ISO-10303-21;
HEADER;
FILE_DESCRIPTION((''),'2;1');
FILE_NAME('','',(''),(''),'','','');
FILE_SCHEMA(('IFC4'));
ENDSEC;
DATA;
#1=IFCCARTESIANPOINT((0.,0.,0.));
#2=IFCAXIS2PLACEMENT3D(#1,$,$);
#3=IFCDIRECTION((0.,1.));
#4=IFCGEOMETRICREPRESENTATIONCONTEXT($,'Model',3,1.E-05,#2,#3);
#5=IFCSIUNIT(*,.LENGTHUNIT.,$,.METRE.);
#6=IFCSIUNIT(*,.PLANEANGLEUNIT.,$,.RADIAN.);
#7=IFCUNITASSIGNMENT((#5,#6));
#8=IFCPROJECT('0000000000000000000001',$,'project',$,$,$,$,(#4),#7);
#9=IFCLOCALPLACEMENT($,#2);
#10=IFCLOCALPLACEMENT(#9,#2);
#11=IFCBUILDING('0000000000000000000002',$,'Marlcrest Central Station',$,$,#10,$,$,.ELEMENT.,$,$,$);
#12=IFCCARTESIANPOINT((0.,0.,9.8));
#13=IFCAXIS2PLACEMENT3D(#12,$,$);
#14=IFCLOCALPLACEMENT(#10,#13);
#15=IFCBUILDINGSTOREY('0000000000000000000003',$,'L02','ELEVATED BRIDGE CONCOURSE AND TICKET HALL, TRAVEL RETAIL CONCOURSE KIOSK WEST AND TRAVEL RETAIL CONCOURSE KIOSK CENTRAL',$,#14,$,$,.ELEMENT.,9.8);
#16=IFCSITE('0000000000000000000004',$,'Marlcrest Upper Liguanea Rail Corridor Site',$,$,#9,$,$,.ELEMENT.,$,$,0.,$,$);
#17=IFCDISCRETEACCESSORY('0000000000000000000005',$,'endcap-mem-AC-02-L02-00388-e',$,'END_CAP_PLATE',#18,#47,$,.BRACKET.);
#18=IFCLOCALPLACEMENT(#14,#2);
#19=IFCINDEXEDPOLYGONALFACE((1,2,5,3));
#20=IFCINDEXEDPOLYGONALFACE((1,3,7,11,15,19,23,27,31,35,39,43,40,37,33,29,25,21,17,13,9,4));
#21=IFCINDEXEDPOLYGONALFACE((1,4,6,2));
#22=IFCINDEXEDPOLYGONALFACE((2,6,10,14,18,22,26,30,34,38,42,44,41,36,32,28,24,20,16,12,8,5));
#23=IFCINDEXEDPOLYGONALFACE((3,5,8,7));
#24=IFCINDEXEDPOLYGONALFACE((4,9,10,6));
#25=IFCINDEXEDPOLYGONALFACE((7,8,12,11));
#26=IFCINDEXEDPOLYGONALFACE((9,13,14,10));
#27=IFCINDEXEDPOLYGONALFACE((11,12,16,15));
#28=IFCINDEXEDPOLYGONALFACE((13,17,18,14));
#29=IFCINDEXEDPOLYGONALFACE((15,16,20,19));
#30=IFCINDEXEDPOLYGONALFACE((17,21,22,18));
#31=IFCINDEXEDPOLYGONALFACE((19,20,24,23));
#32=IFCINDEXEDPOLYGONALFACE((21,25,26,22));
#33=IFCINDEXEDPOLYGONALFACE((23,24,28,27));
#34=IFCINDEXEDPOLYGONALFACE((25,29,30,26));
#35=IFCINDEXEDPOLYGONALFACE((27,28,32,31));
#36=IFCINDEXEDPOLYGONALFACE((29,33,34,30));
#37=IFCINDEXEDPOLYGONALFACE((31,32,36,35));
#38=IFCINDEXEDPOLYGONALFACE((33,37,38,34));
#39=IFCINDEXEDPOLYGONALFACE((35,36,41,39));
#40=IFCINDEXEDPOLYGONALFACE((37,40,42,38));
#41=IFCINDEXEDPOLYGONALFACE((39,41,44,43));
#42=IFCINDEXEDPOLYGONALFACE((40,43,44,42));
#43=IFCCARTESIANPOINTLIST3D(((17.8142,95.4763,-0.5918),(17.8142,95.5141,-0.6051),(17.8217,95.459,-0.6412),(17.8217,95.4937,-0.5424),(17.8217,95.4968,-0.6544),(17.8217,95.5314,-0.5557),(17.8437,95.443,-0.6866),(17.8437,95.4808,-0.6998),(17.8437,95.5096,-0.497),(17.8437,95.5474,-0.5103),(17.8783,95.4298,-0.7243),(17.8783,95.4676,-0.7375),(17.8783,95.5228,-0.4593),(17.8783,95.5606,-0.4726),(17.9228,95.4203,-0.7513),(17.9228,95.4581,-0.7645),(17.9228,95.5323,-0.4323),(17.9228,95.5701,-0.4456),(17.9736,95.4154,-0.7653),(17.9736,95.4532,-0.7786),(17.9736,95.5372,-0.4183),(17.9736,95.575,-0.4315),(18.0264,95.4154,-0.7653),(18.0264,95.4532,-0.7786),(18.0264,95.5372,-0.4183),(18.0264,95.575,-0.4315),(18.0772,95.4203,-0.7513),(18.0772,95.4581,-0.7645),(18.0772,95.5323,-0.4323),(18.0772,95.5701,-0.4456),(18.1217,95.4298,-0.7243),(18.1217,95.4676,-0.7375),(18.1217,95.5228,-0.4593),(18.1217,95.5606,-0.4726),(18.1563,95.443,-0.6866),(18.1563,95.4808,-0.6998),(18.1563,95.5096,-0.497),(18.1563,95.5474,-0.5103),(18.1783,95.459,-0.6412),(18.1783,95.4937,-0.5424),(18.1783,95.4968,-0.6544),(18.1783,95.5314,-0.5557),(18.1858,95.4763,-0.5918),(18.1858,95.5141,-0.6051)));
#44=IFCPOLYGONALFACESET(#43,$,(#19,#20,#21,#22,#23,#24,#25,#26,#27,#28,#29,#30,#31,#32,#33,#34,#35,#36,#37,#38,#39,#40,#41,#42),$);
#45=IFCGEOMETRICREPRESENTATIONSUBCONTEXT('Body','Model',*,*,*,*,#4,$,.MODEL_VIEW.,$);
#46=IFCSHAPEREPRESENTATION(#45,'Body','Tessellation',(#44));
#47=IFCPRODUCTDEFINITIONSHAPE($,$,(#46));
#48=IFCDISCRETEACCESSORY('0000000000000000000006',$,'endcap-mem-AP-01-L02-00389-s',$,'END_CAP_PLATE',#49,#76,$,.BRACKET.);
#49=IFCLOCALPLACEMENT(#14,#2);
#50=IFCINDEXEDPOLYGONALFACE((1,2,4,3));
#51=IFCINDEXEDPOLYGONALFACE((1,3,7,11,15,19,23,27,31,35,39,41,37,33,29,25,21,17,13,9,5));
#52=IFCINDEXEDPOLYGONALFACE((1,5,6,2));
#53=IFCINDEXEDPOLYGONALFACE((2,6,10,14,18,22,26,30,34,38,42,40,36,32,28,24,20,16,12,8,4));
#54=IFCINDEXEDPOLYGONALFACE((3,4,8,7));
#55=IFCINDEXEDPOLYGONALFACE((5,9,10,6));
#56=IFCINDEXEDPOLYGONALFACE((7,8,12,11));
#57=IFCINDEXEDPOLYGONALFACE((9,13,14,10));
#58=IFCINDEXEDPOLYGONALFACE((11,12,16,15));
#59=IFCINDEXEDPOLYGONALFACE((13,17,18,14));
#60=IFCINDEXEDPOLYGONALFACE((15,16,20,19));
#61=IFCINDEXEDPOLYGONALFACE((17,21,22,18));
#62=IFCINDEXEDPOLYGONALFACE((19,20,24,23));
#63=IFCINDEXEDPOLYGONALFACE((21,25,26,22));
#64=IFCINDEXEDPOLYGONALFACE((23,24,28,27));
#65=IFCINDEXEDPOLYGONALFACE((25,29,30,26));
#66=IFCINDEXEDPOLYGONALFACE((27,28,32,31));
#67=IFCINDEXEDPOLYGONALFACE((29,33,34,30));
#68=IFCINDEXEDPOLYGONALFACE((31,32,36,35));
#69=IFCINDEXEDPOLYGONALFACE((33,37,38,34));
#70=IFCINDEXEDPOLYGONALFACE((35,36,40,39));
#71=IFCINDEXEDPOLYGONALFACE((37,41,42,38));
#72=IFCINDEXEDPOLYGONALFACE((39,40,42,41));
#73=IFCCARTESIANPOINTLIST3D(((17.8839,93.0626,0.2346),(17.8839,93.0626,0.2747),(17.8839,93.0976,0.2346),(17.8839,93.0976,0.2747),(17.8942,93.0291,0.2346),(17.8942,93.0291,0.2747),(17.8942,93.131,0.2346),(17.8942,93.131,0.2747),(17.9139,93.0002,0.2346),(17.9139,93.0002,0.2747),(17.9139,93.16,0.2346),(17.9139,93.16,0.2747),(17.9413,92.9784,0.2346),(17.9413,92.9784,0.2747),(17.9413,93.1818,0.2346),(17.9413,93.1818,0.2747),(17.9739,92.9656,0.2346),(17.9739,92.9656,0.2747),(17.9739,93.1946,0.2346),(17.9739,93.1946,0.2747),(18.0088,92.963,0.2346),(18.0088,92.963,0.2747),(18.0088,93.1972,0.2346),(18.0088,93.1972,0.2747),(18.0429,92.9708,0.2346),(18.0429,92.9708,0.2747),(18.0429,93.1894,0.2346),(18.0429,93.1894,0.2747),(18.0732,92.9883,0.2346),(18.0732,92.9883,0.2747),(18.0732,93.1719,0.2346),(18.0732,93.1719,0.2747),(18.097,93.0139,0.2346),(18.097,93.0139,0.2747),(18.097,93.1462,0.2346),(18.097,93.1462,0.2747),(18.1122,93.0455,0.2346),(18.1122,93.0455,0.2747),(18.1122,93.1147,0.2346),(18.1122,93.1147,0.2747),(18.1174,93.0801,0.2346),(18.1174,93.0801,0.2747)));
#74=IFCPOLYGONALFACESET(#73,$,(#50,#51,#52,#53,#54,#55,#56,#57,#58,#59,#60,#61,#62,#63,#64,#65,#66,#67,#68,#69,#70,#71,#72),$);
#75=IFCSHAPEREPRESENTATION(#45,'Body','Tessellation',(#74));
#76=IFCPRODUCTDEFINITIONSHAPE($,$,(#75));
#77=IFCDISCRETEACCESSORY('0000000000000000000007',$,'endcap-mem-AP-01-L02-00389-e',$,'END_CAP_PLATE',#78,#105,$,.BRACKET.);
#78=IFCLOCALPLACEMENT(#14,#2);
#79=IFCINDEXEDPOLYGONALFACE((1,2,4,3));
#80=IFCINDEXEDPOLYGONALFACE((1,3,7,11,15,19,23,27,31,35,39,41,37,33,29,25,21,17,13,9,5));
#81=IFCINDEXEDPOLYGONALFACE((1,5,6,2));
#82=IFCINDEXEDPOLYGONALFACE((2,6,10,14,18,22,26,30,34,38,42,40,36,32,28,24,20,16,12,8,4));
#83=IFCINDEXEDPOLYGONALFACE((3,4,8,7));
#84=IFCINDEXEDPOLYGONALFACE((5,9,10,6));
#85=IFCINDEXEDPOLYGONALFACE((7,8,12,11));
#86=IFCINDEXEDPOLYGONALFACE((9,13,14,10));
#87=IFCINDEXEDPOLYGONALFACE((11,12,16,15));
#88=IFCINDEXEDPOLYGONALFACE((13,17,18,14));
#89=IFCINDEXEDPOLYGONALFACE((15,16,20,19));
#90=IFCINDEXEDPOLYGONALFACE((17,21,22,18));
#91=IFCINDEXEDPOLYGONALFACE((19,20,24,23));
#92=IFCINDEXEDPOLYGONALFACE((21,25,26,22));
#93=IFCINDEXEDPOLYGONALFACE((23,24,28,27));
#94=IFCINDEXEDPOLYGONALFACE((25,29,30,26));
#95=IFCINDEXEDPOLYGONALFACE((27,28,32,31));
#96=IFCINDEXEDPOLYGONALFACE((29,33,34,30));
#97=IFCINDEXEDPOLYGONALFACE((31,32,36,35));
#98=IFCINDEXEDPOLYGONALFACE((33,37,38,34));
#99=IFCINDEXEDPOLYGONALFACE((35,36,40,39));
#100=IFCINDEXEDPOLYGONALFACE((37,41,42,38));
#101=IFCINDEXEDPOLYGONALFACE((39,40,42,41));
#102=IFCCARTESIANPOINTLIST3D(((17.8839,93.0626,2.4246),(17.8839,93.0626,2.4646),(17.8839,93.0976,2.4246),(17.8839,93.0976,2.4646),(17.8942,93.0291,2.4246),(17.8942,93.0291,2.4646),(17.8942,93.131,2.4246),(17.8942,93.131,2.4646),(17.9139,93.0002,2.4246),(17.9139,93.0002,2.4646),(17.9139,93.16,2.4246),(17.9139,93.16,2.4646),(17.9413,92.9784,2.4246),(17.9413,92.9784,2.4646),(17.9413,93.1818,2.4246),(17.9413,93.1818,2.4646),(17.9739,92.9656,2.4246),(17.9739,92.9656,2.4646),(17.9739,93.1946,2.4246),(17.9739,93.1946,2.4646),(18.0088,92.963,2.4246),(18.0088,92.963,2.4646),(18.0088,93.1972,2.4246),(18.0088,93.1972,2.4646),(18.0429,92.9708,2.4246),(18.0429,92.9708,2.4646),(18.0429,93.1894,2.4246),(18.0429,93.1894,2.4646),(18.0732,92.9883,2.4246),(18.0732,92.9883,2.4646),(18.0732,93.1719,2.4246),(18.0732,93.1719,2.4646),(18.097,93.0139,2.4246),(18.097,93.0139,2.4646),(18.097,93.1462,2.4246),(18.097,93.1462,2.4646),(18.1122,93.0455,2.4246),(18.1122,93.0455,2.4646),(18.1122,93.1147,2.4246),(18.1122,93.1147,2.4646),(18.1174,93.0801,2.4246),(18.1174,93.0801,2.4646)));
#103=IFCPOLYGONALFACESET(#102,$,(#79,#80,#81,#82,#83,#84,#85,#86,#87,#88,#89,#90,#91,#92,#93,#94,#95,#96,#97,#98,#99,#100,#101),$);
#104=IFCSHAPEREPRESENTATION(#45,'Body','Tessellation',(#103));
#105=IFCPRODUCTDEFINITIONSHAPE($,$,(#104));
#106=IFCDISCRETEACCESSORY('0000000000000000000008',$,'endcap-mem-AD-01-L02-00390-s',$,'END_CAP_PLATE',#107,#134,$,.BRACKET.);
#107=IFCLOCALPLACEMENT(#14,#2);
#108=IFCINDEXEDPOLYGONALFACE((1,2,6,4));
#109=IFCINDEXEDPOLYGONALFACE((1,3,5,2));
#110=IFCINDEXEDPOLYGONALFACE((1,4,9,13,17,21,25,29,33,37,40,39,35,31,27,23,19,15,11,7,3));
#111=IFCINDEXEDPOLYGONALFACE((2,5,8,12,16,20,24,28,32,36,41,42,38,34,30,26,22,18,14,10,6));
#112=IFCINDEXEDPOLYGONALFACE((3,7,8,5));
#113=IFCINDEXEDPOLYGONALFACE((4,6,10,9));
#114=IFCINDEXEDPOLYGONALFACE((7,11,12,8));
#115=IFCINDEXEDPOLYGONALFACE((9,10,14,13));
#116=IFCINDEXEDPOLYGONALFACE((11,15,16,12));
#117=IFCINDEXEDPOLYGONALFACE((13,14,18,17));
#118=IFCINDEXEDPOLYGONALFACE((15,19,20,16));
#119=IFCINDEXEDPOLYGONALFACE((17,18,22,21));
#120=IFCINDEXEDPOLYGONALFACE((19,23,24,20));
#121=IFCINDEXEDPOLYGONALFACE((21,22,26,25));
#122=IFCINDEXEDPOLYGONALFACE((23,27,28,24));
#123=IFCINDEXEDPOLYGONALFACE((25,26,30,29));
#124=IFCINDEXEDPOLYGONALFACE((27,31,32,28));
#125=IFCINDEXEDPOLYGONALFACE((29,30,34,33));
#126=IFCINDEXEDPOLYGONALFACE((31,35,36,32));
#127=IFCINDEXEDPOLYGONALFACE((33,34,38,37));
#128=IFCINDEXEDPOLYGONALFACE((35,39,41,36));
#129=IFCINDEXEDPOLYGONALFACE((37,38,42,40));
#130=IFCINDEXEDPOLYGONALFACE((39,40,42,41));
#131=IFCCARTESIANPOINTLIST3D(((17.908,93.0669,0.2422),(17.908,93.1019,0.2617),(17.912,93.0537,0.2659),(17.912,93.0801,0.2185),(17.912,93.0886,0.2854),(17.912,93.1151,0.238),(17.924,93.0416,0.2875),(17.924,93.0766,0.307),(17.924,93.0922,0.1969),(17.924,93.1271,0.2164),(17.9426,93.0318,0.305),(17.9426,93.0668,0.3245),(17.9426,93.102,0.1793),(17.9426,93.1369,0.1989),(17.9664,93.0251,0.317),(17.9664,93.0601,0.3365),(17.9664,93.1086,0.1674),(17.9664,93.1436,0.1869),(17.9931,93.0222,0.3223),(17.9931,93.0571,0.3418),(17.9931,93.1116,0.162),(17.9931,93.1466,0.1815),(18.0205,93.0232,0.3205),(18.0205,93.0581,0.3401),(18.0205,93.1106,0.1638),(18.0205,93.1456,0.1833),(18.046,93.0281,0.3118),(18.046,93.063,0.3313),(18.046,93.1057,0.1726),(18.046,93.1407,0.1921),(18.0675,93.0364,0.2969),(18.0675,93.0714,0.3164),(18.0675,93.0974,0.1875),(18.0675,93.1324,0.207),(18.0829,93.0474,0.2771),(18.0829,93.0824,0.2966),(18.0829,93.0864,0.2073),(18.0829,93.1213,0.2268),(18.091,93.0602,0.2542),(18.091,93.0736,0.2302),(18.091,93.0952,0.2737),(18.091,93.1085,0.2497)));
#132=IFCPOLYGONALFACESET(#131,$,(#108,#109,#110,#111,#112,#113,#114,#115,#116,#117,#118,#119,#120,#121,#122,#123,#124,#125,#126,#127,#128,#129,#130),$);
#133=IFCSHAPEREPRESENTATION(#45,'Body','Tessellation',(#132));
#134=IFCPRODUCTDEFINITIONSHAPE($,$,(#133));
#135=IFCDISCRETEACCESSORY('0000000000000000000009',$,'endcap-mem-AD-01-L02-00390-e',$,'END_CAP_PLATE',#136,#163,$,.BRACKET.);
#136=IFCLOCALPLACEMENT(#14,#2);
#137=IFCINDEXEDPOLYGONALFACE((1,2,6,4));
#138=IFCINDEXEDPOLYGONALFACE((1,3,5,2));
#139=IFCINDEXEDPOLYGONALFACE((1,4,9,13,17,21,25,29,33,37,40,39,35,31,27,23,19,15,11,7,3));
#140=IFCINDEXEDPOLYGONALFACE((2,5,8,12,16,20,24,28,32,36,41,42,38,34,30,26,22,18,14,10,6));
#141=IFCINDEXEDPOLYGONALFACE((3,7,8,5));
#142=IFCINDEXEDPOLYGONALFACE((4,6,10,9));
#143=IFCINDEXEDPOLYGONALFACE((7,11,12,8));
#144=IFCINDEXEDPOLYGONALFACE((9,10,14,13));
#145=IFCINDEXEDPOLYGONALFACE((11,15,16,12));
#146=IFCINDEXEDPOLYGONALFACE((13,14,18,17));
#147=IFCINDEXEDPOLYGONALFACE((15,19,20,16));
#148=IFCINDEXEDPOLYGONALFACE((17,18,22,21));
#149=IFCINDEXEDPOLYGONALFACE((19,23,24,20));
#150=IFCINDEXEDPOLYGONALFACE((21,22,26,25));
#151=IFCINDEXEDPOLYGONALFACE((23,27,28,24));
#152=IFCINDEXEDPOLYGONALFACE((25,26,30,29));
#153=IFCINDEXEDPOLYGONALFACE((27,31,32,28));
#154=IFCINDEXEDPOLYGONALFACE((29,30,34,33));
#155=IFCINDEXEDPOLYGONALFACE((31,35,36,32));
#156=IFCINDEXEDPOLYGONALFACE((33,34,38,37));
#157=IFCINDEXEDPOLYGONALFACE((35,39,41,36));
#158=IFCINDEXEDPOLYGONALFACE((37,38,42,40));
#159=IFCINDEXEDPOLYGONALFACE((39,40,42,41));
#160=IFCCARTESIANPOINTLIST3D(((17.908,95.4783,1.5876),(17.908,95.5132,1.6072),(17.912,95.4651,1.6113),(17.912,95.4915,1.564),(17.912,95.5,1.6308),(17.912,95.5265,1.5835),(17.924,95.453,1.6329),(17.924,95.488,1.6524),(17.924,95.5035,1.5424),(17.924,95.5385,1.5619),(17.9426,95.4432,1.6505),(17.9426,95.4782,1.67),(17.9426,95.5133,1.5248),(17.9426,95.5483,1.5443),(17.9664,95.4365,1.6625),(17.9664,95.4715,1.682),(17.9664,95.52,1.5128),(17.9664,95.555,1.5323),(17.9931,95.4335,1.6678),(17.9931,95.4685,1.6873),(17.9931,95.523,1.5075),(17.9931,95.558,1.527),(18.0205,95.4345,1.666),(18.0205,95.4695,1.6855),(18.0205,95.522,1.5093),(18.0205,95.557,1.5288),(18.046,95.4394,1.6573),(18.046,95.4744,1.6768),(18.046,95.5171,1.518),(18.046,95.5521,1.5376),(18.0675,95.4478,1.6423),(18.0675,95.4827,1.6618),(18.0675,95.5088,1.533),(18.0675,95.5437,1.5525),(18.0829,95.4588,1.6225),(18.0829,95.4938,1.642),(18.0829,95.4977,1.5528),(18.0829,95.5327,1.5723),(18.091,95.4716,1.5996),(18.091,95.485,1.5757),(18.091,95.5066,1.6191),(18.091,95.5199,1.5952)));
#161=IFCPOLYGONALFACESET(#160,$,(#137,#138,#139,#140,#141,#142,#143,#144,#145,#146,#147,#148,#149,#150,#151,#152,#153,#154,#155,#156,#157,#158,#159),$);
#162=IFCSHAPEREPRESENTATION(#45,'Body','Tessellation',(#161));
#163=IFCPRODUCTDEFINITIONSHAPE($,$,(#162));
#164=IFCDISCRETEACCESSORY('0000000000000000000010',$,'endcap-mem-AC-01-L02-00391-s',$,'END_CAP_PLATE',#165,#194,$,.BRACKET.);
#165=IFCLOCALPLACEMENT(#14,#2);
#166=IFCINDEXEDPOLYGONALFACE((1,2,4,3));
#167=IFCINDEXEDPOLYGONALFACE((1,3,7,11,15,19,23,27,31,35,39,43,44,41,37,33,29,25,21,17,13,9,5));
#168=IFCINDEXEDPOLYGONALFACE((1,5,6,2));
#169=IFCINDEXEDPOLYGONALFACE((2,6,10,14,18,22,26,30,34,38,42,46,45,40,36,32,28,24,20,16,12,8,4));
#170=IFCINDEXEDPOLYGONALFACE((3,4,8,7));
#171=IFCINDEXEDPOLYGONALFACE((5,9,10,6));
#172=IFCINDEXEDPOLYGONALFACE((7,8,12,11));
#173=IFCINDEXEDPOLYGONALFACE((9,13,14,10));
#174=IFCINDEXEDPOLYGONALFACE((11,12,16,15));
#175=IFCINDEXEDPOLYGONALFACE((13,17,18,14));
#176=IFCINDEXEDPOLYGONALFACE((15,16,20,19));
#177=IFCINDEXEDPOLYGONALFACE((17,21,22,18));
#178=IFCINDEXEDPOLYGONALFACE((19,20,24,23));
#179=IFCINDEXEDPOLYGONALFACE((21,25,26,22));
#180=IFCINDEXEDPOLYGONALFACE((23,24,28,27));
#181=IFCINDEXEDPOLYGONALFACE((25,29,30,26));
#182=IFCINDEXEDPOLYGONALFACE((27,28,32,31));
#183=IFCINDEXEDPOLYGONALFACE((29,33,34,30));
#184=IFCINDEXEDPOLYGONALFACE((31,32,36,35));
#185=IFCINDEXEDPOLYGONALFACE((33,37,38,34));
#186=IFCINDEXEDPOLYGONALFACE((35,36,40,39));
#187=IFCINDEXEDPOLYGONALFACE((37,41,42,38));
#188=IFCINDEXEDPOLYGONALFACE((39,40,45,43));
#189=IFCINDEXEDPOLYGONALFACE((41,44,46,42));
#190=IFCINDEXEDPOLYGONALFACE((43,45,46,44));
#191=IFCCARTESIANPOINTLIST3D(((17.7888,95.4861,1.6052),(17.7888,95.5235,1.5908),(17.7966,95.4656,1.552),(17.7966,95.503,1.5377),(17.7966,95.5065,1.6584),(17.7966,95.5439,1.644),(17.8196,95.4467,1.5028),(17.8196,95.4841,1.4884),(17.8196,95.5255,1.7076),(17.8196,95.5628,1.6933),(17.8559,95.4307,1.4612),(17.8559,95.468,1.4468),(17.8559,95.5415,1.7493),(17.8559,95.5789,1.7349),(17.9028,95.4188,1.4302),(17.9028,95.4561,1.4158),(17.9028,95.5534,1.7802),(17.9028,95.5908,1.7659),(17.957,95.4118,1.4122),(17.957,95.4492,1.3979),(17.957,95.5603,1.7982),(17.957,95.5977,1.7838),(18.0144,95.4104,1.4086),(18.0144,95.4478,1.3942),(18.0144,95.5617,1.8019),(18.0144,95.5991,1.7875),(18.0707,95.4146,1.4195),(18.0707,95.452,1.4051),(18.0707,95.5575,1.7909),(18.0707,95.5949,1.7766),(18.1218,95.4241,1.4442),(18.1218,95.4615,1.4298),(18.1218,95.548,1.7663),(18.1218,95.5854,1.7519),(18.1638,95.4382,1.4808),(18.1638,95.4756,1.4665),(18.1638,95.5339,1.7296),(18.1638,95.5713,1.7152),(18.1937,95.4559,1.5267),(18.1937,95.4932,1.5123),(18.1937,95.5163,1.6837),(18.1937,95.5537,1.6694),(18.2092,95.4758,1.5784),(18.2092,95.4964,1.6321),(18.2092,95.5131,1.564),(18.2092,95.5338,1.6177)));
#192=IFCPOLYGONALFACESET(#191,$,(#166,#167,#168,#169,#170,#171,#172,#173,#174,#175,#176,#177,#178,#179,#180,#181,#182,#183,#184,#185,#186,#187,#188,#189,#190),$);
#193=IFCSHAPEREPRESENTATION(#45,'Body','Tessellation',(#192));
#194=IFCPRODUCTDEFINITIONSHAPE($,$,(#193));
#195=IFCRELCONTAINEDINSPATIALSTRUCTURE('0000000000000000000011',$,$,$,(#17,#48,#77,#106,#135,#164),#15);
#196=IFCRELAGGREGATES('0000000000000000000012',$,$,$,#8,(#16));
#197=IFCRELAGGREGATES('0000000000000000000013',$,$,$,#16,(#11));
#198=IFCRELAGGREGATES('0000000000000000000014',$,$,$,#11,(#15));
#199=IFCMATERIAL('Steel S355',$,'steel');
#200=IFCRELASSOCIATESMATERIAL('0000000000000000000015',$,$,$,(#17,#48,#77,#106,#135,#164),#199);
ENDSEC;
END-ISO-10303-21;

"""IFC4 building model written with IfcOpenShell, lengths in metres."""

from ifc_helpers import new_model, si_unit, direction, frame, origin, origin_2d, place, context, subcontext, project, spatial, circle, extrude, material, element, save


model = new_model("IFC4")

# Units and contexts
model_context = context("Model", 3, precision=1e-05, world=origin(), true_north=direction((0.0, 1.0)))
body_context = subcontext(model_context, "Body", "Model", "MODEL_VIEW")
ifc_project = project(units=[si_unit("LENGTHUNIT", "METRE"), si_unit("PLANEANGLEUNIT", "RADIAN")], contexts=[model_context])

# Site, building, storey
site_placement = place(None, origin())
site = spatial("IfcSite", under=ifc_project, at=site_placement, Name="Marlcrest Upper Liguanea Rail Corridor Site", CompositionType="ELEMENT", RefElevation=0.0)
building_placement = place(site_placement, origin())
building = spatial("IfcBuilding", under=site, at=building_placement, Name="Marlcrest Central Station", CompositionType="ELEMENT")
storey_placement = place(building_placement, frame((0.0, 0.0, 9.8)))
storey = spatial("IfcBuildingStorey", under=building, at=storey_placement, Name="L02", Description="ELEVATED BRIDGE CONCOURSE AND TICKET HALL, TRAVEL RETAIL CONCOURSE KIOSK WEST AND TRAVEL RETAIL CONCOURSE KIOSK CENTRAL", CompositionType="ELEMENT", Elevation=9.8)

# Shared definitions
ifc_material_1 = material(Name="Steel S355", Category="steel")

# Discrete accessories
for number, where, z_axis, x_axis, name in (
    (1, (18.0, 95.4763, -0.5918), (0.0, 0.943537, -0.331266), (-1.0, 0.0, 0.0), "endcap-mem-AC-02-L02-00388-e"),
):
    element("IfcDiscreteAccessory", number, at=place(storey_placement, frame(where, z_axis=z_axis, x_axis=x_axis)), inside=storey, material=ifc_material_1, Name=name, ObjectType="END_CAP_PLATE", PredefinedType="BRACKET", context=body_context, shape_type="SweptSolid", body=[
        extrude(circle(Radius=0.1858, at=origin_2d()), origin(), (0.0, 0.0, 1.0), 0.04),
    ])
for number, where, z_axis, x_axis, name in (
    (2, (18.0, 93.0801, 0.2346), (0.0, 0.0, 1.0), (1.0, 0.0, 0.0), "endcap-mem-AP-01-L02-00389-s"),
    (3, (18.0, 93.0801, 2.4246), (0.0, 0.0, 1.0), (1.0, 0.0, 0.0), "endcap-mem-AP-01-L02-00389-e"),
):
    element("IfcDiscreteAccessory", number, at=place(storey_placement, frame(where, z_axis=z_axis, x_axis=x_axis)), inside=storey, material=ifc_material_1, Name=name, ObjectType="END_CAP_PLATE", PredefinedType="BRACKET", context=body_context, shape_type="SweptSolid", body=[
        extrude(circle(Radius=0.1174, at=origin_2d()), origin(), (0.0, 0.0, 1.0), 0.04),
    ])
for number, where, z_axis, x_axis, name in (
    (4, (18.0, 93.0669, 0.2422), (0.0, 0.873246, 0.48728), (-1.0, 0.0, 0.0), "endcap-mem-AD-01-L02-00390-s"),
    (5, (18.0, 95.4783, 1.5876), (0.0, 0.873246, 0.48728), (-1.0, 0.0, 0.0), "endcap-mem-AD-01-L02-00390-e"),
):
    element("IfcDiscreteAccessory", number, at=place(storey_placement, frame(where, z_axis=z_axis, x_axis=x_axis)), inside=storey, material=ifc_material_1, Name=name, ObjectType="END_CAP_PLATE", PredefinedType="BRACKET", context=body_context, shape_type="SweptSolid", body=[
        extrude(circle(Radius=0.092, at=origin_2d()), origin(), (0.0, 0.0, 1.0), 0.04),
    ])
discrete_accessory_1_placement = place(storey_placement, frame((18.0, 95.4861, 1.6052), z_axis=(0.0, 0.933324, -0.359035), x_axis=(-1.0, 0.0, 0.0)))
element("IfcDiscreteAccessory", 6, at=discrete_accessory_1_placement, inside=storey, material=ifc_material_1, Name="endcap-mem-AC-01-L02-00391-s", ObjectType="END_CAP_PLATE", PredefinedType="BRACKET", context=body_context, shape_type="SweptSolid", body=[
    extrude(circle(Radius=0.2112, at=origin_2d()), origin(), (0.0, 0.0, 1.0), 0.04),
])

save(model, "model.ifc")
